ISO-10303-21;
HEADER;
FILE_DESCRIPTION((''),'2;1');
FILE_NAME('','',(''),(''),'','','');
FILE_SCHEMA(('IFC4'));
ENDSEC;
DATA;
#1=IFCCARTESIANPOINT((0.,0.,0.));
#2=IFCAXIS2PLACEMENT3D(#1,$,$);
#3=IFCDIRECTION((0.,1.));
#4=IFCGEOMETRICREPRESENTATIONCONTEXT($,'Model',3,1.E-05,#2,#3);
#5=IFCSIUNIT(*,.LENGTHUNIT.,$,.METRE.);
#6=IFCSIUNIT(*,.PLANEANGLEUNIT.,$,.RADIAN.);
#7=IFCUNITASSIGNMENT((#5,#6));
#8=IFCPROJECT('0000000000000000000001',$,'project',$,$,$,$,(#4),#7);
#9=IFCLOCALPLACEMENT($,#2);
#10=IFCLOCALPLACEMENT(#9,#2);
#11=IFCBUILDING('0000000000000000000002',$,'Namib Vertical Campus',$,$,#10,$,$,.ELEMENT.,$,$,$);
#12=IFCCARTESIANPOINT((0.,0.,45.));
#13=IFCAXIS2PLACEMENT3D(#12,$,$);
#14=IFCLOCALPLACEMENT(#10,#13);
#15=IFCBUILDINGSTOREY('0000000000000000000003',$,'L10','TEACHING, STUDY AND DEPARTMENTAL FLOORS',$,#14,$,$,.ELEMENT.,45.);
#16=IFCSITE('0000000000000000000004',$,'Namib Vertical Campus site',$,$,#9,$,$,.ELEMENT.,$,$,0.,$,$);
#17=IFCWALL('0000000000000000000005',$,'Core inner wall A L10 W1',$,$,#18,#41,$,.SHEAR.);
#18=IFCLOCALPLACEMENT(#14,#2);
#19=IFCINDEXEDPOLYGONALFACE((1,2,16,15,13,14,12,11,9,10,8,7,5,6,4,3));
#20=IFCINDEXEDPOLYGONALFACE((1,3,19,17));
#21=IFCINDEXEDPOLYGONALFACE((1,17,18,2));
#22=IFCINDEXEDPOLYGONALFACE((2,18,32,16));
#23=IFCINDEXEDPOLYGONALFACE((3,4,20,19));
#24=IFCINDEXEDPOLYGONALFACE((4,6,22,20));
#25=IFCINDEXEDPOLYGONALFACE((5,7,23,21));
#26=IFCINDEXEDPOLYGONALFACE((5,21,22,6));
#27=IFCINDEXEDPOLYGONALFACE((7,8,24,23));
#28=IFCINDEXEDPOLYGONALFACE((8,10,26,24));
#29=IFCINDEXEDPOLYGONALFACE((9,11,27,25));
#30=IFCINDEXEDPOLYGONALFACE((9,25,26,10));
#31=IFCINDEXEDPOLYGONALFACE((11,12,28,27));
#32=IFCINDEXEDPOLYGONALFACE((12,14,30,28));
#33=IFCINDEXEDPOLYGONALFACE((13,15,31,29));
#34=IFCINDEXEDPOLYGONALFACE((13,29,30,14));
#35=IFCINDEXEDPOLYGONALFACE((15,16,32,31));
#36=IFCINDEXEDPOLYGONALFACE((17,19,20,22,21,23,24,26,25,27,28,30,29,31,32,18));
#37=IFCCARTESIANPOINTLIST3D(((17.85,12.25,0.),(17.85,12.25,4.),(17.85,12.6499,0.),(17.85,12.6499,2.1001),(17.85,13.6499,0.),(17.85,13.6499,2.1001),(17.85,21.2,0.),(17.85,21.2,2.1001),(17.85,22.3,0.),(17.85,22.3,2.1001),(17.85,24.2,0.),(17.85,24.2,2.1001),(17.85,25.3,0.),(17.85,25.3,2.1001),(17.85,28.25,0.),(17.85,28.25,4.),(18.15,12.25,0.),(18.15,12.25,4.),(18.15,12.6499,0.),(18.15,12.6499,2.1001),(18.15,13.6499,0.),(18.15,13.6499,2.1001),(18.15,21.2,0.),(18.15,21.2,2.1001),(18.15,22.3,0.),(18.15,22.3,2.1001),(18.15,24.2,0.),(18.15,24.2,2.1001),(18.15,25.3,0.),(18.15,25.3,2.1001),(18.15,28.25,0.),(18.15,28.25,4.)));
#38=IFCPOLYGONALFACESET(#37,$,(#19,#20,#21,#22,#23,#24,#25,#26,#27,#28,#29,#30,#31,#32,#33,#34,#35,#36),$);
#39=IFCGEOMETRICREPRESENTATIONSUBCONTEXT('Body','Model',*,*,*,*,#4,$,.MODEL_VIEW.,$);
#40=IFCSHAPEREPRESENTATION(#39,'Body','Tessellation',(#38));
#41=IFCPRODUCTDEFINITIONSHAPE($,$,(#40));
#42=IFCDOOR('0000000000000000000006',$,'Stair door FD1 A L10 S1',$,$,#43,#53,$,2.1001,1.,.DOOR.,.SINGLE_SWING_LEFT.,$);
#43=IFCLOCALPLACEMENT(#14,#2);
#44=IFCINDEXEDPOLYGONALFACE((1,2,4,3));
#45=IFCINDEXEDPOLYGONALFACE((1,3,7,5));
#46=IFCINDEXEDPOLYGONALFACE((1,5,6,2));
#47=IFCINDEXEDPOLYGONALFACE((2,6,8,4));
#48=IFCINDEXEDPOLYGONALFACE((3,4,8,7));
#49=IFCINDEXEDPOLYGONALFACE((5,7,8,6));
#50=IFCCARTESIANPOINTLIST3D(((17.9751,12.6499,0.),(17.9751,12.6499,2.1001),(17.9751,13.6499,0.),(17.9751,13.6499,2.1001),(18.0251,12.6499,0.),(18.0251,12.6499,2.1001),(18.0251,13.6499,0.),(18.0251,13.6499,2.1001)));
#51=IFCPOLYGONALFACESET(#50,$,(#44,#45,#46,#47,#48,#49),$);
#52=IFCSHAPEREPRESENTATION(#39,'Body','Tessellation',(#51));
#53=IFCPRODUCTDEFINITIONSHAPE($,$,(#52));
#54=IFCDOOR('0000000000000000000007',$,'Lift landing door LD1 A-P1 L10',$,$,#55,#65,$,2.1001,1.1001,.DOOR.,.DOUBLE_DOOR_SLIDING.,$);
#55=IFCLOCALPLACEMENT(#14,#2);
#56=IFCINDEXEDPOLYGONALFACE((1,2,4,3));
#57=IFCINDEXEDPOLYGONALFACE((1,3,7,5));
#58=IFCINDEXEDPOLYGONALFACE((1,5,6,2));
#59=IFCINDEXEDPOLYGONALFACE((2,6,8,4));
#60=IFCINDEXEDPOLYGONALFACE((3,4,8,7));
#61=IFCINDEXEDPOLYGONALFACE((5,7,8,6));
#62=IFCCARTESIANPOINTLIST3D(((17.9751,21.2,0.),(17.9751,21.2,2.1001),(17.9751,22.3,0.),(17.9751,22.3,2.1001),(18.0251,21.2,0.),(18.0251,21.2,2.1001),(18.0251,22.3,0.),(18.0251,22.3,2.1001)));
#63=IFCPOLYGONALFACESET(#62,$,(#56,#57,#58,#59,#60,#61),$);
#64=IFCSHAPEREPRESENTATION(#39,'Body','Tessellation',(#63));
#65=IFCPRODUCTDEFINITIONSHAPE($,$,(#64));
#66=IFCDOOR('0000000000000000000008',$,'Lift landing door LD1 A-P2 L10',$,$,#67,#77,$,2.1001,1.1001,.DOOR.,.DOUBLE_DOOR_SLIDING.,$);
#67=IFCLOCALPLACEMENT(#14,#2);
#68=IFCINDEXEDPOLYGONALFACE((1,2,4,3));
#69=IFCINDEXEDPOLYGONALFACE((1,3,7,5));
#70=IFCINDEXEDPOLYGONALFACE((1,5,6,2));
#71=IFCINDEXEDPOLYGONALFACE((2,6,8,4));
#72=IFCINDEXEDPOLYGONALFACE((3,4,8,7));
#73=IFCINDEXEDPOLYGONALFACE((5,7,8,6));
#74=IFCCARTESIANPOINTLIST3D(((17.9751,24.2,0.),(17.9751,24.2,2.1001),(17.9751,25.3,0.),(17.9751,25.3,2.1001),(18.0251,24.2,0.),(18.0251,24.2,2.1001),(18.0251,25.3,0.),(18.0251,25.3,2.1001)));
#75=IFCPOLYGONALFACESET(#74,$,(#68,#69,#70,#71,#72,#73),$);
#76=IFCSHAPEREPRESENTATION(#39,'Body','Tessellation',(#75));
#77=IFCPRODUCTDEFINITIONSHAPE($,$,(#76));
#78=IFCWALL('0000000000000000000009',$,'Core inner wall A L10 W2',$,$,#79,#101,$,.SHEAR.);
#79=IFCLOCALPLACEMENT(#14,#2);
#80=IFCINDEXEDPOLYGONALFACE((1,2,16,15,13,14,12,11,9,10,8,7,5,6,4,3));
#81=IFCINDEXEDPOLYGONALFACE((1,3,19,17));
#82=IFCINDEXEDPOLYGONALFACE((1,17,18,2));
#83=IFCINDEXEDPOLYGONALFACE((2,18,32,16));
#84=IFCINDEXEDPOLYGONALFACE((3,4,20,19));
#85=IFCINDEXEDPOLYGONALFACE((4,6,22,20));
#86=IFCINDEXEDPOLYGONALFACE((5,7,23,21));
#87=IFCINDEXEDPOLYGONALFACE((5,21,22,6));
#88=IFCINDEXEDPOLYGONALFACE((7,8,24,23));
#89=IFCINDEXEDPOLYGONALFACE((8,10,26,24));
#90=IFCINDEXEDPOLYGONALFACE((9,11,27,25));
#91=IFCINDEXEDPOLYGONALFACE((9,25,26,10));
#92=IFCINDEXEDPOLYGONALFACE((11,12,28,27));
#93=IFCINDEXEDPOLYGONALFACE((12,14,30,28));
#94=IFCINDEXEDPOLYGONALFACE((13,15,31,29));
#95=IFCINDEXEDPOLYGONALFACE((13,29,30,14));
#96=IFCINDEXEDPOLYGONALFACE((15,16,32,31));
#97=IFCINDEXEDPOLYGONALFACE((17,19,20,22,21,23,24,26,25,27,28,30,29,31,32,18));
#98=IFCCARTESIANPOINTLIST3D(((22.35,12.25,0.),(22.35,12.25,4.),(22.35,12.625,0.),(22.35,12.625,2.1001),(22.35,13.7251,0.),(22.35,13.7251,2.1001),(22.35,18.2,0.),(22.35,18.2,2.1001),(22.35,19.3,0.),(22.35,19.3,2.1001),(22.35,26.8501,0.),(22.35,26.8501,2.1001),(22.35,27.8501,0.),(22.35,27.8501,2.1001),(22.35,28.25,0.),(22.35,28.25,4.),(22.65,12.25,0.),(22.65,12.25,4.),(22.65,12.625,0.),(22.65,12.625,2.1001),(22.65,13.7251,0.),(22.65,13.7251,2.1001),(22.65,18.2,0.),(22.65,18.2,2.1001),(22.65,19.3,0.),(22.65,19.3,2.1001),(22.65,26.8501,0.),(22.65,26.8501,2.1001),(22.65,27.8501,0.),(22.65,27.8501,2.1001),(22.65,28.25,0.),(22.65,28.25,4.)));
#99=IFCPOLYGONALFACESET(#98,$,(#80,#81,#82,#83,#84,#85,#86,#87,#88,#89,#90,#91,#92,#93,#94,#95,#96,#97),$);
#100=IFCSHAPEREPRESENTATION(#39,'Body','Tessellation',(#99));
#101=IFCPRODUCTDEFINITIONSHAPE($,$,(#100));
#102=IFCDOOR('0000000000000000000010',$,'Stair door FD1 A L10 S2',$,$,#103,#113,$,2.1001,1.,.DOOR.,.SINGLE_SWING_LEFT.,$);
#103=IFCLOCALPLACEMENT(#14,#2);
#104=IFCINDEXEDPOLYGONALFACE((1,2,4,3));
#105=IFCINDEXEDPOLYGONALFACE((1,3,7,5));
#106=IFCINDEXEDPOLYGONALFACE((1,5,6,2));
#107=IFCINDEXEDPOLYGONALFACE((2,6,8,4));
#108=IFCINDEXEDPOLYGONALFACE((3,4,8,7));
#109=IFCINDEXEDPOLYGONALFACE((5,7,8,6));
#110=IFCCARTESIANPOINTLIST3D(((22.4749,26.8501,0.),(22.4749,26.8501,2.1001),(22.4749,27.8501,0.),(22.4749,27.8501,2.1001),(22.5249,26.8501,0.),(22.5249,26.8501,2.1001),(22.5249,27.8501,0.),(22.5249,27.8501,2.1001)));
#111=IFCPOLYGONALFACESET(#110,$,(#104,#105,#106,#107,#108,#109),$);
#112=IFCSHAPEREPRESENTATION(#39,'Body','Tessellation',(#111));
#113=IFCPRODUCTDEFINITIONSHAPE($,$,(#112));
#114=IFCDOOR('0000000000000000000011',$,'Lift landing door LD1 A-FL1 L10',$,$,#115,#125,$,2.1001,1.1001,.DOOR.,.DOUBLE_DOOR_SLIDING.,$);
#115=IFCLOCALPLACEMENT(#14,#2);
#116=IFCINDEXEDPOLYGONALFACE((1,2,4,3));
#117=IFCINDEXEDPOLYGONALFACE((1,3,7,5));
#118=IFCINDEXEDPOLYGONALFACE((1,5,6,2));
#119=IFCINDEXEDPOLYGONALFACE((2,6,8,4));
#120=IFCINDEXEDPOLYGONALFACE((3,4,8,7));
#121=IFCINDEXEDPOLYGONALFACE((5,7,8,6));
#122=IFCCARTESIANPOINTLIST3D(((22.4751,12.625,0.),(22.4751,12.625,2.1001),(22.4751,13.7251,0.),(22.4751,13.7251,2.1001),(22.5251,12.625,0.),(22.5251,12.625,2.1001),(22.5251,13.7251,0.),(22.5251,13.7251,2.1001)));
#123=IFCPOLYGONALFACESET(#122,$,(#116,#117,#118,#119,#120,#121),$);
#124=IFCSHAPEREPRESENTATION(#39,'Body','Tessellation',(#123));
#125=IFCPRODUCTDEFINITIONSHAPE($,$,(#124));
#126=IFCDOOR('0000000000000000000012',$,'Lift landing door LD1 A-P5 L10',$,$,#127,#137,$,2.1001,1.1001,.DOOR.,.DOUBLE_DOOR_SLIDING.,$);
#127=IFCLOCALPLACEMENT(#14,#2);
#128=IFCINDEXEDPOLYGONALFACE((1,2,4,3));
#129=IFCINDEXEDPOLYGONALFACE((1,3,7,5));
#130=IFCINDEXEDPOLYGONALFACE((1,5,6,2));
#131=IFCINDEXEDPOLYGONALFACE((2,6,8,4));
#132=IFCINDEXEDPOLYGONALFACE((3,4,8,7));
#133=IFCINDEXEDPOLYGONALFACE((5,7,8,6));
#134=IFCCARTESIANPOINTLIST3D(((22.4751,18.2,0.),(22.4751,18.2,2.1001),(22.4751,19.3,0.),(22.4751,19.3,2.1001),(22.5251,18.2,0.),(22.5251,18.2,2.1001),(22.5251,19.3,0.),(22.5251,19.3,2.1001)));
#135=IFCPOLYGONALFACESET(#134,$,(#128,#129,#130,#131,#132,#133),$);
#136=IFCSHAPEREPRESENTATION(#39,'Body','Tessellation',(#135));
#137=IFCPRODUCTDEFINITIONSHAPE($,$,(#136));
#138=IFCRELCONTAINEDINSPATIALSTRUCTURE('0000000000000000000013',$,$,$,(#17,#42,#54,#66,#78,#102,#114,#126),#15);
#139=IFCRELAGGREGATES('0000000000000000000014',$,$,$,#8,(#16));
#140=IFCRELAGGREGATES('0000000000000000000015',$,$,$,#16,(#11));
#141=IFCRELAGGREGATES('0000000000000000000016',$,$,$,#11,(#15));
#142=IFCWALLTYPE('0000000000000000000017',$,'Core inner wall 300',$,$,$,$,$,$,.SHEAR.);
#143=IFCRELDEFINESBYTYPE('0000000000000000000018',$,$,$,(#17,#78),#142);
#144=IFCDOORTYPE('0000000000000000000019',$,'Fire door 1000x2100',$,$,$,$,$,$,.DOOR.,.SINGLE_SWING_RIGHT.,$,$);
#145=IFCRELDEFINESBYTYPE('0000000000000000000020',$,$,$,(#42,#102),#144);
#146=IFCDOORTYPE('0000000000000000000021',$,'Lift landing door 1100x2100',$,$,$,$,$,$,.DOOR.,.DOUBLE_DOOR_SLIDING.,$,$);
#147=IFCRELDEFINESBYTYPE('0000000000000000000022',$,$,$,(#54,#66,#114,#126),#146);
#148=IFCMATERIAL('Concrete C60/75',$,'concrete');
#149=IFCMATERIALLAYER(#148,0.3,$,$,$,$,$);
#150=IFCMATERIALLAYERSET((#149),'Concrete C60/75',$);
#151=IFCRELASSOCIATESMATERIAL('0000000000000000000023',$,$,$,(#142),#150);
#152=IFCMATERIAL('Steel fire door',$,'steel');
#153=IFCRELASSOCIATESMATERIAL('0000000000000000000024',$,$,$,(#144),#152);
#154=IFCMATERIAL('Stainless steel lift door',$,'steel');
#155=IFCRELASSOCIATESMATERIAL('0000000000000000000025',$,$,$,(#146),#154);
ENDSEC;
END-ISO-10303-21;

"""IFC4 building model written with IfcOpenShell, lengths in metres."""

from ifc_helpers import new_model, si_unit, direction, frame, frame_2d, origin, place, context, subcontext, project, spatial, rectangle, extrude, material, layer, layer_set, type_object, element, fill, save


model = new_model("IFC4")

# Units and contexts
model_context = context("Model", 3, precision=1e-05, world=origin(), true_north=direction((0.0, 1.0)))
body_context = subcontext(model_context, "Body", "Model", "MODEL_VIEW")
ifc_project = project(units=[si_unit("LENGTHUNIT", "METRE"), si_unit("PLANEANGLEUNIT", "RADIAN")], contexts=[model_context])

# Site, building, storey
site_placement = place(None, origin())
site = spatial("IfcSite", under=ifc_project, at=site_placement, Name="Namib Vertical Campus site", CompositionType="ELEMENT", RefElevation=0.0)
building_placement = place(site_placement, origin())
building = spatial("IfcBuilding", under=site, at=building_placement, Name="Namib Vertical Campus", CompositionType="ELEMENT")
storey_placement = place(building_placement, frame((0.0, 0.0, 45.0)))
storey = spatial("IfcBuildingStorey", under=building, at=storey_placement, Name="L10", Description="TEACHING, STUDY AND DEPARTMENTAL FLOORS", CompositionType="ELEMENT", Elevation=45.0)

# Walls, openings, doors
ifc_material_1 = material(Name="Concrete C60/75", Category="concrete")
ifc_layer_1 = layer(ifc_material_1, 0.3)
ifc_layer_set_1 = layer_set([ifc_layer_1], Name="Concrete C60/75")
wall_type_1 = type_object("IfcWallType", Name="Core inner wall 300", PredefinedType="SHEAR", material=ifc_layer_set_1)
wall_1_placement = place(storey_placement, frame((18.0, 12.25, 0.0), z_axis=(0.0, 0.0, 1.0), x_axis=(0.0, 1.0, 0.0)))
wall_1 = element("IfcWall", 1, at=wall_1_placement, inside=storey, type_object=wall_type_1, Name="Core inner wall A L10 W1", PredefinedType="SHEAR", context=body_context, shape_type="SweptSolid", body=[
    extrude(rectangle(XDim=16.0, YDim=0.3, at=frame_2d((8.0, 0.0))), origin(), (0.0, 0.0, 1.0), 4.0),
])
opening_1_placement = place(wall_1_placement, frame((0.3999, 0.0, 0.0)))
opening_1 = element("IfcOpeningElement", 2, at=opening_1_placement, cuts=wall_1, PredefinedType="OPENING", context=body_context, shape_type="SweptSolid", body=[
    extrude(rectangle(XDim=1.0, YDim=2.1001, at=frame_2d((0.5, 1.05))), frame((0.0, 0.1599, 0.0), z_axis=(0.0, -1.0, 0.0), x_axis=(1.0, 0.0, 0.0)), (0.0, 0.0, 1.0), 0.3201),
])
opening_2_placement = place(wall_1_placement, frame((8.95, 0.0, 0.0)))
opening_2 = element("IfcOpeningElement", 3, at=opening_2_placement, cuts=wall_1, PredefinedType="OPENING", context=body_context, shape_type="SweptSolid", body=[
    extrude(rectangle(XDim=1.1001, YDim=2.1001, at=frame_2d((0.55, 1.05))), frame((0.0, 0.1599, 0.0), z_axis=(0.0, -1.0, 0.0), x_axis=(1.0, 0.0, 0.0)), (0.0, 0.0, 1.0), 0.3201),
])
opening_3_placement = place(wall_1_placement, frame((11.95, 0.0, 0.0)))
opening_3 = element("IfcOpeningElement", 4, at=opening_3_placement, cuts=wall_1, PredefinedType="OPENING", context=body_context, shape_type="SweptSolid", body=[
    extrude(rectangle(XDim=1.1001, YDim=2.1001, at=frame_2d((0.55, 1.05))), frame((0.0, 0.1599, 0.0), z_axis=(0.0, -1.0, 0.0), x_axis=(1.0, 0.0, 0.0)), (0.0, 0.0, 1.0), 0.3201),
])
ifc_material_2 = material(Name="Steel fire door", Category="steel")
door_type_1 = type_object("IfcDoorType", Name="Fire door 1000x2100", OperationType="SINGLE_SWING_RIGHT", PredefinedType="DOOR", material=ifc_material_2)
door_1_placement = place(opening_1_placement, origin())
door_1 = element("IfcDoor", 5, at=door_1_placement, inside=storey, type_object=door_type_1, Name="Stair door FD1 A L10 S1", OperationType="SINGLE_SWING_LEFT", OverallHeight=2.1001, OverallWidth=1.0, PredefinedType="DOOR", context=body_context, shape_type="SweptSolid", body=[
    extrude(rectangle(XDim=1.0, YDim=2.1001, at=frame_2d((0.5, 1.05))), frame((0.0, 0.0249, 0.0), z_axis=(0.0, -1.0, 0.0), x_axis=(1.0, 0.0, 0.0)), (0.0, 0.0, 1.0), 0.05),
])
fill(opening_1, door_1)
ifc_material_3 = material(Name="Stainless steel lift door", Category="steel")
door_type_2 = type_object("IfcDoorType", Name="Lift landing door 1100x2100", OperationType="DOUBLE_DOOR_SLIDING", PredefinedType="DOOR", material=ifc_material_3)
door_2_placement = place(opening_2_placement, origin())
door_2 = element("IfcDoor", 6, at=door_2_placement, inside=storey, type_object=door_type_2, Name="Lift landing door LD1 A-P1 L10", OperationType="DOUBLE_DOOR_SLIDING", OverallHeight=2.1001, OverallWidth=1.1001, PredefinedType="DOOR", context=body_context, shape_type="SweptSolid", body=[
    extrude(rectangle(XDim=1.1001, YDim=2.1001, at=frame_2d((0.55, 1.05))), frame((0.0, 0.0249, 0.0), z_axis=(0.0, -1.0, 0.0), x_axis=(1.0, 0.0, 0.0)), (0.0, 0.0, 1.0), 0.05),
])
fill(opening_2, door_2)
door_3_placement = place(opening_3_placement, origin())
door_3 = element("IfcDoor", 7, at=door_3_placement, inside=storey, type_object=door_type_2, Name="Lift landing door LD1 A-P2 L10", OperationType="DOUBLE_DOOR_SLIDING", OverallHeight=2.1001, OverallWidth=1.1001, PredefinedType="DOOR", context=body_context, shape_type="SweptSolid", body=[
    extrude(rectangle(XDim=1.1001, YDim=2.1001, at=frame_2d((0.55, 1.05))), frame((0.0, 0.0249, 0.0), z_axis=(0.0, -1.0, 0.0), x_axis=(1.0, 0.0, 0.0)), (0.0, 0.0, 1.0), 0.05),
])
fill(opening_3, door_3)
wall_2_placement = place(storey_placement, frame((22.5, 12.25, 0.0), z_axis=(0.0, 0.0, 1.0), x_axis=(0.0, 1.0, 0.0)))
wall_2 = element("IfcWall", 8, at=wall_2_placement, inside=storey, type_object=wall_type_1, Name="Core inner wall A L10 W2", PredefinedType="SHEAR", context=body_context, shape_type="SweptSolid", body=[
    extrude(rectangle(XDim=16.0, YDim=0.3, at=frame_2d((8.0, 0.0))), origin(), (0.0, 0.0, 1.0), 4.0),
])
opening_4_placement = place(wall_2_placement, frame((14.6001, 0.0, 0.0)))
opening_4 = element("IfcOpeningElement", 9, at=opening_4_placement, cuts=wall_2, PredefinedType="OPENING", context=body_context, shape_type="SweptSolid", body=[
    extrude(rectangle(XDim=1.0, YDim=2.1001, at=frame_2d((0.5, 1.05))), frame((0.0, 0.1599, 0.0), z_axis=(0.0, -1.0, 0.0), x_axis=(1.0, 0.0, 0.0)), (0.0, 0.0, 1.0), 0.3201),
])
opening_5_placement = place(wall_2_placement, frame((0.375, 0.0, 0.0)))
opening_5 = element("IfcOpeningElement", 10, at=opening_5_placement, cuts=wall_2, PredefinedType="OPENING", context=body_context, shape_type="SweptSolid", body=[
    extrude(rectangle(XDim=1.1001, YDim=2.1001, at=frame_2d((0.55, 1.05))), frame((0.0, 0.1599, 0.0), z_axis=(0.0, -1.0, 0.0), x_axis=(1.0, 0.0, 0.0)), (0.0, 0.0, 1.0), 0.3201),
])
opening_6_placement = place(wall_2_placement, frame((5.95, 0.0, 0.0)))
opening_6 = element("IfcOpeningElement", 11, at=opening_6_placement, cuts=wall_2, PredefinedType="OPENING", context=body_context, shape_type="SweptSolid", body=[
    extrude(rectangle(XDim=1.1001, YDim=2.1001, at=frame_2d((0.55, 1.05))), frame((0.0, 0.1599, 0.0), z_axis=(0.0, -1.0, 0.0), x_axis=(1.0, 0.0, 0.0)), (0.0, 0.0, 1.0), 0.3201),
])
door_4_placement = place(opening_4_placement, frame((1.0, 0.0, 0.0), z_axis=(0.0, 0.0, 1.0), x_axis=(-1.0, 0.0, 0.0)))
door_4 = element("IfcDoor", 12, at=door_4_placement, inside=storey, type_object=door_type_1, Name="Stair door FD1 A L10 S2", OperationType="SINGLE_SWING_LEFT", OverallHeight=2.1001, OverallWidth=1.0, PredefinedType="DOOR", context=body_context, shape_type="SweptSolid", body=[
    extrude(rectangle(XDim=1.0, YDim=2.1001, at=frame_2d((0.5, 1.05))), frame((0.0, 0.0249, 0.0), z_axis=(0.0, -1.0, 0.0), x_axis=(1.0, 0.0, 0.0)), (0.0, 0.0, 1.0), 0.05),
])
fill(opening_4, door_4)
door_5_placement = place(opening_5_placement, origin())
door_5 = element("IfcDoor", 13, at=door_5_placement, inside=storey, type_object=door_type_2, Name="Lift landing door LD1 A-FL1 L10", OperationType="DOUBLE_DOOR_SLIDING", OverallHeight=2.1001, OverallWidth=1.1001, PredefinedType="DOOR", context=body_context, shape_type="SweptSolid", body=[
    extrude(rectangle(XDim=1.1001, YDim=2.1001, at=frame_2d((0.55, 1.05))), frame((0.0, 0.0249, 0.0), z_axis=(0.0, -1.0, 0.0), x_axis=(1.0, 0.0, 0.0)), (0.0, 0.0, 1.0), 0.05),
])
fill(opening_5, door_5)
door_6_placement = place(opening_6_placement, origin())
door_6 = element("IfcDoor", 14, at=door_6_placement, inside=storey, type_object=door_type_2, Name="Lift landing door LD1 A-P5 L10", OperationType="DOUBLE_DOOR_SLIDING", OverallHeight=2.1001, OverallWidth=1.1001, PredefinedType="DOOR", context=body_context, shape_type="SweptSolid", body=[
    extrude(rectangle(XDim=1.1001, YDim=2.1001, at=frame_2d((0.55, 1.05))), frame((0.0, 0.0249, 0.0), z_axis=(0.0, -1.0, 0.0), x_axis=(1.0, 0.0, 0.0)), (0.0, 0.0, 1.0), 0.05),
])
fill(opening_6, door_6)

save(model, "model.ifc")
